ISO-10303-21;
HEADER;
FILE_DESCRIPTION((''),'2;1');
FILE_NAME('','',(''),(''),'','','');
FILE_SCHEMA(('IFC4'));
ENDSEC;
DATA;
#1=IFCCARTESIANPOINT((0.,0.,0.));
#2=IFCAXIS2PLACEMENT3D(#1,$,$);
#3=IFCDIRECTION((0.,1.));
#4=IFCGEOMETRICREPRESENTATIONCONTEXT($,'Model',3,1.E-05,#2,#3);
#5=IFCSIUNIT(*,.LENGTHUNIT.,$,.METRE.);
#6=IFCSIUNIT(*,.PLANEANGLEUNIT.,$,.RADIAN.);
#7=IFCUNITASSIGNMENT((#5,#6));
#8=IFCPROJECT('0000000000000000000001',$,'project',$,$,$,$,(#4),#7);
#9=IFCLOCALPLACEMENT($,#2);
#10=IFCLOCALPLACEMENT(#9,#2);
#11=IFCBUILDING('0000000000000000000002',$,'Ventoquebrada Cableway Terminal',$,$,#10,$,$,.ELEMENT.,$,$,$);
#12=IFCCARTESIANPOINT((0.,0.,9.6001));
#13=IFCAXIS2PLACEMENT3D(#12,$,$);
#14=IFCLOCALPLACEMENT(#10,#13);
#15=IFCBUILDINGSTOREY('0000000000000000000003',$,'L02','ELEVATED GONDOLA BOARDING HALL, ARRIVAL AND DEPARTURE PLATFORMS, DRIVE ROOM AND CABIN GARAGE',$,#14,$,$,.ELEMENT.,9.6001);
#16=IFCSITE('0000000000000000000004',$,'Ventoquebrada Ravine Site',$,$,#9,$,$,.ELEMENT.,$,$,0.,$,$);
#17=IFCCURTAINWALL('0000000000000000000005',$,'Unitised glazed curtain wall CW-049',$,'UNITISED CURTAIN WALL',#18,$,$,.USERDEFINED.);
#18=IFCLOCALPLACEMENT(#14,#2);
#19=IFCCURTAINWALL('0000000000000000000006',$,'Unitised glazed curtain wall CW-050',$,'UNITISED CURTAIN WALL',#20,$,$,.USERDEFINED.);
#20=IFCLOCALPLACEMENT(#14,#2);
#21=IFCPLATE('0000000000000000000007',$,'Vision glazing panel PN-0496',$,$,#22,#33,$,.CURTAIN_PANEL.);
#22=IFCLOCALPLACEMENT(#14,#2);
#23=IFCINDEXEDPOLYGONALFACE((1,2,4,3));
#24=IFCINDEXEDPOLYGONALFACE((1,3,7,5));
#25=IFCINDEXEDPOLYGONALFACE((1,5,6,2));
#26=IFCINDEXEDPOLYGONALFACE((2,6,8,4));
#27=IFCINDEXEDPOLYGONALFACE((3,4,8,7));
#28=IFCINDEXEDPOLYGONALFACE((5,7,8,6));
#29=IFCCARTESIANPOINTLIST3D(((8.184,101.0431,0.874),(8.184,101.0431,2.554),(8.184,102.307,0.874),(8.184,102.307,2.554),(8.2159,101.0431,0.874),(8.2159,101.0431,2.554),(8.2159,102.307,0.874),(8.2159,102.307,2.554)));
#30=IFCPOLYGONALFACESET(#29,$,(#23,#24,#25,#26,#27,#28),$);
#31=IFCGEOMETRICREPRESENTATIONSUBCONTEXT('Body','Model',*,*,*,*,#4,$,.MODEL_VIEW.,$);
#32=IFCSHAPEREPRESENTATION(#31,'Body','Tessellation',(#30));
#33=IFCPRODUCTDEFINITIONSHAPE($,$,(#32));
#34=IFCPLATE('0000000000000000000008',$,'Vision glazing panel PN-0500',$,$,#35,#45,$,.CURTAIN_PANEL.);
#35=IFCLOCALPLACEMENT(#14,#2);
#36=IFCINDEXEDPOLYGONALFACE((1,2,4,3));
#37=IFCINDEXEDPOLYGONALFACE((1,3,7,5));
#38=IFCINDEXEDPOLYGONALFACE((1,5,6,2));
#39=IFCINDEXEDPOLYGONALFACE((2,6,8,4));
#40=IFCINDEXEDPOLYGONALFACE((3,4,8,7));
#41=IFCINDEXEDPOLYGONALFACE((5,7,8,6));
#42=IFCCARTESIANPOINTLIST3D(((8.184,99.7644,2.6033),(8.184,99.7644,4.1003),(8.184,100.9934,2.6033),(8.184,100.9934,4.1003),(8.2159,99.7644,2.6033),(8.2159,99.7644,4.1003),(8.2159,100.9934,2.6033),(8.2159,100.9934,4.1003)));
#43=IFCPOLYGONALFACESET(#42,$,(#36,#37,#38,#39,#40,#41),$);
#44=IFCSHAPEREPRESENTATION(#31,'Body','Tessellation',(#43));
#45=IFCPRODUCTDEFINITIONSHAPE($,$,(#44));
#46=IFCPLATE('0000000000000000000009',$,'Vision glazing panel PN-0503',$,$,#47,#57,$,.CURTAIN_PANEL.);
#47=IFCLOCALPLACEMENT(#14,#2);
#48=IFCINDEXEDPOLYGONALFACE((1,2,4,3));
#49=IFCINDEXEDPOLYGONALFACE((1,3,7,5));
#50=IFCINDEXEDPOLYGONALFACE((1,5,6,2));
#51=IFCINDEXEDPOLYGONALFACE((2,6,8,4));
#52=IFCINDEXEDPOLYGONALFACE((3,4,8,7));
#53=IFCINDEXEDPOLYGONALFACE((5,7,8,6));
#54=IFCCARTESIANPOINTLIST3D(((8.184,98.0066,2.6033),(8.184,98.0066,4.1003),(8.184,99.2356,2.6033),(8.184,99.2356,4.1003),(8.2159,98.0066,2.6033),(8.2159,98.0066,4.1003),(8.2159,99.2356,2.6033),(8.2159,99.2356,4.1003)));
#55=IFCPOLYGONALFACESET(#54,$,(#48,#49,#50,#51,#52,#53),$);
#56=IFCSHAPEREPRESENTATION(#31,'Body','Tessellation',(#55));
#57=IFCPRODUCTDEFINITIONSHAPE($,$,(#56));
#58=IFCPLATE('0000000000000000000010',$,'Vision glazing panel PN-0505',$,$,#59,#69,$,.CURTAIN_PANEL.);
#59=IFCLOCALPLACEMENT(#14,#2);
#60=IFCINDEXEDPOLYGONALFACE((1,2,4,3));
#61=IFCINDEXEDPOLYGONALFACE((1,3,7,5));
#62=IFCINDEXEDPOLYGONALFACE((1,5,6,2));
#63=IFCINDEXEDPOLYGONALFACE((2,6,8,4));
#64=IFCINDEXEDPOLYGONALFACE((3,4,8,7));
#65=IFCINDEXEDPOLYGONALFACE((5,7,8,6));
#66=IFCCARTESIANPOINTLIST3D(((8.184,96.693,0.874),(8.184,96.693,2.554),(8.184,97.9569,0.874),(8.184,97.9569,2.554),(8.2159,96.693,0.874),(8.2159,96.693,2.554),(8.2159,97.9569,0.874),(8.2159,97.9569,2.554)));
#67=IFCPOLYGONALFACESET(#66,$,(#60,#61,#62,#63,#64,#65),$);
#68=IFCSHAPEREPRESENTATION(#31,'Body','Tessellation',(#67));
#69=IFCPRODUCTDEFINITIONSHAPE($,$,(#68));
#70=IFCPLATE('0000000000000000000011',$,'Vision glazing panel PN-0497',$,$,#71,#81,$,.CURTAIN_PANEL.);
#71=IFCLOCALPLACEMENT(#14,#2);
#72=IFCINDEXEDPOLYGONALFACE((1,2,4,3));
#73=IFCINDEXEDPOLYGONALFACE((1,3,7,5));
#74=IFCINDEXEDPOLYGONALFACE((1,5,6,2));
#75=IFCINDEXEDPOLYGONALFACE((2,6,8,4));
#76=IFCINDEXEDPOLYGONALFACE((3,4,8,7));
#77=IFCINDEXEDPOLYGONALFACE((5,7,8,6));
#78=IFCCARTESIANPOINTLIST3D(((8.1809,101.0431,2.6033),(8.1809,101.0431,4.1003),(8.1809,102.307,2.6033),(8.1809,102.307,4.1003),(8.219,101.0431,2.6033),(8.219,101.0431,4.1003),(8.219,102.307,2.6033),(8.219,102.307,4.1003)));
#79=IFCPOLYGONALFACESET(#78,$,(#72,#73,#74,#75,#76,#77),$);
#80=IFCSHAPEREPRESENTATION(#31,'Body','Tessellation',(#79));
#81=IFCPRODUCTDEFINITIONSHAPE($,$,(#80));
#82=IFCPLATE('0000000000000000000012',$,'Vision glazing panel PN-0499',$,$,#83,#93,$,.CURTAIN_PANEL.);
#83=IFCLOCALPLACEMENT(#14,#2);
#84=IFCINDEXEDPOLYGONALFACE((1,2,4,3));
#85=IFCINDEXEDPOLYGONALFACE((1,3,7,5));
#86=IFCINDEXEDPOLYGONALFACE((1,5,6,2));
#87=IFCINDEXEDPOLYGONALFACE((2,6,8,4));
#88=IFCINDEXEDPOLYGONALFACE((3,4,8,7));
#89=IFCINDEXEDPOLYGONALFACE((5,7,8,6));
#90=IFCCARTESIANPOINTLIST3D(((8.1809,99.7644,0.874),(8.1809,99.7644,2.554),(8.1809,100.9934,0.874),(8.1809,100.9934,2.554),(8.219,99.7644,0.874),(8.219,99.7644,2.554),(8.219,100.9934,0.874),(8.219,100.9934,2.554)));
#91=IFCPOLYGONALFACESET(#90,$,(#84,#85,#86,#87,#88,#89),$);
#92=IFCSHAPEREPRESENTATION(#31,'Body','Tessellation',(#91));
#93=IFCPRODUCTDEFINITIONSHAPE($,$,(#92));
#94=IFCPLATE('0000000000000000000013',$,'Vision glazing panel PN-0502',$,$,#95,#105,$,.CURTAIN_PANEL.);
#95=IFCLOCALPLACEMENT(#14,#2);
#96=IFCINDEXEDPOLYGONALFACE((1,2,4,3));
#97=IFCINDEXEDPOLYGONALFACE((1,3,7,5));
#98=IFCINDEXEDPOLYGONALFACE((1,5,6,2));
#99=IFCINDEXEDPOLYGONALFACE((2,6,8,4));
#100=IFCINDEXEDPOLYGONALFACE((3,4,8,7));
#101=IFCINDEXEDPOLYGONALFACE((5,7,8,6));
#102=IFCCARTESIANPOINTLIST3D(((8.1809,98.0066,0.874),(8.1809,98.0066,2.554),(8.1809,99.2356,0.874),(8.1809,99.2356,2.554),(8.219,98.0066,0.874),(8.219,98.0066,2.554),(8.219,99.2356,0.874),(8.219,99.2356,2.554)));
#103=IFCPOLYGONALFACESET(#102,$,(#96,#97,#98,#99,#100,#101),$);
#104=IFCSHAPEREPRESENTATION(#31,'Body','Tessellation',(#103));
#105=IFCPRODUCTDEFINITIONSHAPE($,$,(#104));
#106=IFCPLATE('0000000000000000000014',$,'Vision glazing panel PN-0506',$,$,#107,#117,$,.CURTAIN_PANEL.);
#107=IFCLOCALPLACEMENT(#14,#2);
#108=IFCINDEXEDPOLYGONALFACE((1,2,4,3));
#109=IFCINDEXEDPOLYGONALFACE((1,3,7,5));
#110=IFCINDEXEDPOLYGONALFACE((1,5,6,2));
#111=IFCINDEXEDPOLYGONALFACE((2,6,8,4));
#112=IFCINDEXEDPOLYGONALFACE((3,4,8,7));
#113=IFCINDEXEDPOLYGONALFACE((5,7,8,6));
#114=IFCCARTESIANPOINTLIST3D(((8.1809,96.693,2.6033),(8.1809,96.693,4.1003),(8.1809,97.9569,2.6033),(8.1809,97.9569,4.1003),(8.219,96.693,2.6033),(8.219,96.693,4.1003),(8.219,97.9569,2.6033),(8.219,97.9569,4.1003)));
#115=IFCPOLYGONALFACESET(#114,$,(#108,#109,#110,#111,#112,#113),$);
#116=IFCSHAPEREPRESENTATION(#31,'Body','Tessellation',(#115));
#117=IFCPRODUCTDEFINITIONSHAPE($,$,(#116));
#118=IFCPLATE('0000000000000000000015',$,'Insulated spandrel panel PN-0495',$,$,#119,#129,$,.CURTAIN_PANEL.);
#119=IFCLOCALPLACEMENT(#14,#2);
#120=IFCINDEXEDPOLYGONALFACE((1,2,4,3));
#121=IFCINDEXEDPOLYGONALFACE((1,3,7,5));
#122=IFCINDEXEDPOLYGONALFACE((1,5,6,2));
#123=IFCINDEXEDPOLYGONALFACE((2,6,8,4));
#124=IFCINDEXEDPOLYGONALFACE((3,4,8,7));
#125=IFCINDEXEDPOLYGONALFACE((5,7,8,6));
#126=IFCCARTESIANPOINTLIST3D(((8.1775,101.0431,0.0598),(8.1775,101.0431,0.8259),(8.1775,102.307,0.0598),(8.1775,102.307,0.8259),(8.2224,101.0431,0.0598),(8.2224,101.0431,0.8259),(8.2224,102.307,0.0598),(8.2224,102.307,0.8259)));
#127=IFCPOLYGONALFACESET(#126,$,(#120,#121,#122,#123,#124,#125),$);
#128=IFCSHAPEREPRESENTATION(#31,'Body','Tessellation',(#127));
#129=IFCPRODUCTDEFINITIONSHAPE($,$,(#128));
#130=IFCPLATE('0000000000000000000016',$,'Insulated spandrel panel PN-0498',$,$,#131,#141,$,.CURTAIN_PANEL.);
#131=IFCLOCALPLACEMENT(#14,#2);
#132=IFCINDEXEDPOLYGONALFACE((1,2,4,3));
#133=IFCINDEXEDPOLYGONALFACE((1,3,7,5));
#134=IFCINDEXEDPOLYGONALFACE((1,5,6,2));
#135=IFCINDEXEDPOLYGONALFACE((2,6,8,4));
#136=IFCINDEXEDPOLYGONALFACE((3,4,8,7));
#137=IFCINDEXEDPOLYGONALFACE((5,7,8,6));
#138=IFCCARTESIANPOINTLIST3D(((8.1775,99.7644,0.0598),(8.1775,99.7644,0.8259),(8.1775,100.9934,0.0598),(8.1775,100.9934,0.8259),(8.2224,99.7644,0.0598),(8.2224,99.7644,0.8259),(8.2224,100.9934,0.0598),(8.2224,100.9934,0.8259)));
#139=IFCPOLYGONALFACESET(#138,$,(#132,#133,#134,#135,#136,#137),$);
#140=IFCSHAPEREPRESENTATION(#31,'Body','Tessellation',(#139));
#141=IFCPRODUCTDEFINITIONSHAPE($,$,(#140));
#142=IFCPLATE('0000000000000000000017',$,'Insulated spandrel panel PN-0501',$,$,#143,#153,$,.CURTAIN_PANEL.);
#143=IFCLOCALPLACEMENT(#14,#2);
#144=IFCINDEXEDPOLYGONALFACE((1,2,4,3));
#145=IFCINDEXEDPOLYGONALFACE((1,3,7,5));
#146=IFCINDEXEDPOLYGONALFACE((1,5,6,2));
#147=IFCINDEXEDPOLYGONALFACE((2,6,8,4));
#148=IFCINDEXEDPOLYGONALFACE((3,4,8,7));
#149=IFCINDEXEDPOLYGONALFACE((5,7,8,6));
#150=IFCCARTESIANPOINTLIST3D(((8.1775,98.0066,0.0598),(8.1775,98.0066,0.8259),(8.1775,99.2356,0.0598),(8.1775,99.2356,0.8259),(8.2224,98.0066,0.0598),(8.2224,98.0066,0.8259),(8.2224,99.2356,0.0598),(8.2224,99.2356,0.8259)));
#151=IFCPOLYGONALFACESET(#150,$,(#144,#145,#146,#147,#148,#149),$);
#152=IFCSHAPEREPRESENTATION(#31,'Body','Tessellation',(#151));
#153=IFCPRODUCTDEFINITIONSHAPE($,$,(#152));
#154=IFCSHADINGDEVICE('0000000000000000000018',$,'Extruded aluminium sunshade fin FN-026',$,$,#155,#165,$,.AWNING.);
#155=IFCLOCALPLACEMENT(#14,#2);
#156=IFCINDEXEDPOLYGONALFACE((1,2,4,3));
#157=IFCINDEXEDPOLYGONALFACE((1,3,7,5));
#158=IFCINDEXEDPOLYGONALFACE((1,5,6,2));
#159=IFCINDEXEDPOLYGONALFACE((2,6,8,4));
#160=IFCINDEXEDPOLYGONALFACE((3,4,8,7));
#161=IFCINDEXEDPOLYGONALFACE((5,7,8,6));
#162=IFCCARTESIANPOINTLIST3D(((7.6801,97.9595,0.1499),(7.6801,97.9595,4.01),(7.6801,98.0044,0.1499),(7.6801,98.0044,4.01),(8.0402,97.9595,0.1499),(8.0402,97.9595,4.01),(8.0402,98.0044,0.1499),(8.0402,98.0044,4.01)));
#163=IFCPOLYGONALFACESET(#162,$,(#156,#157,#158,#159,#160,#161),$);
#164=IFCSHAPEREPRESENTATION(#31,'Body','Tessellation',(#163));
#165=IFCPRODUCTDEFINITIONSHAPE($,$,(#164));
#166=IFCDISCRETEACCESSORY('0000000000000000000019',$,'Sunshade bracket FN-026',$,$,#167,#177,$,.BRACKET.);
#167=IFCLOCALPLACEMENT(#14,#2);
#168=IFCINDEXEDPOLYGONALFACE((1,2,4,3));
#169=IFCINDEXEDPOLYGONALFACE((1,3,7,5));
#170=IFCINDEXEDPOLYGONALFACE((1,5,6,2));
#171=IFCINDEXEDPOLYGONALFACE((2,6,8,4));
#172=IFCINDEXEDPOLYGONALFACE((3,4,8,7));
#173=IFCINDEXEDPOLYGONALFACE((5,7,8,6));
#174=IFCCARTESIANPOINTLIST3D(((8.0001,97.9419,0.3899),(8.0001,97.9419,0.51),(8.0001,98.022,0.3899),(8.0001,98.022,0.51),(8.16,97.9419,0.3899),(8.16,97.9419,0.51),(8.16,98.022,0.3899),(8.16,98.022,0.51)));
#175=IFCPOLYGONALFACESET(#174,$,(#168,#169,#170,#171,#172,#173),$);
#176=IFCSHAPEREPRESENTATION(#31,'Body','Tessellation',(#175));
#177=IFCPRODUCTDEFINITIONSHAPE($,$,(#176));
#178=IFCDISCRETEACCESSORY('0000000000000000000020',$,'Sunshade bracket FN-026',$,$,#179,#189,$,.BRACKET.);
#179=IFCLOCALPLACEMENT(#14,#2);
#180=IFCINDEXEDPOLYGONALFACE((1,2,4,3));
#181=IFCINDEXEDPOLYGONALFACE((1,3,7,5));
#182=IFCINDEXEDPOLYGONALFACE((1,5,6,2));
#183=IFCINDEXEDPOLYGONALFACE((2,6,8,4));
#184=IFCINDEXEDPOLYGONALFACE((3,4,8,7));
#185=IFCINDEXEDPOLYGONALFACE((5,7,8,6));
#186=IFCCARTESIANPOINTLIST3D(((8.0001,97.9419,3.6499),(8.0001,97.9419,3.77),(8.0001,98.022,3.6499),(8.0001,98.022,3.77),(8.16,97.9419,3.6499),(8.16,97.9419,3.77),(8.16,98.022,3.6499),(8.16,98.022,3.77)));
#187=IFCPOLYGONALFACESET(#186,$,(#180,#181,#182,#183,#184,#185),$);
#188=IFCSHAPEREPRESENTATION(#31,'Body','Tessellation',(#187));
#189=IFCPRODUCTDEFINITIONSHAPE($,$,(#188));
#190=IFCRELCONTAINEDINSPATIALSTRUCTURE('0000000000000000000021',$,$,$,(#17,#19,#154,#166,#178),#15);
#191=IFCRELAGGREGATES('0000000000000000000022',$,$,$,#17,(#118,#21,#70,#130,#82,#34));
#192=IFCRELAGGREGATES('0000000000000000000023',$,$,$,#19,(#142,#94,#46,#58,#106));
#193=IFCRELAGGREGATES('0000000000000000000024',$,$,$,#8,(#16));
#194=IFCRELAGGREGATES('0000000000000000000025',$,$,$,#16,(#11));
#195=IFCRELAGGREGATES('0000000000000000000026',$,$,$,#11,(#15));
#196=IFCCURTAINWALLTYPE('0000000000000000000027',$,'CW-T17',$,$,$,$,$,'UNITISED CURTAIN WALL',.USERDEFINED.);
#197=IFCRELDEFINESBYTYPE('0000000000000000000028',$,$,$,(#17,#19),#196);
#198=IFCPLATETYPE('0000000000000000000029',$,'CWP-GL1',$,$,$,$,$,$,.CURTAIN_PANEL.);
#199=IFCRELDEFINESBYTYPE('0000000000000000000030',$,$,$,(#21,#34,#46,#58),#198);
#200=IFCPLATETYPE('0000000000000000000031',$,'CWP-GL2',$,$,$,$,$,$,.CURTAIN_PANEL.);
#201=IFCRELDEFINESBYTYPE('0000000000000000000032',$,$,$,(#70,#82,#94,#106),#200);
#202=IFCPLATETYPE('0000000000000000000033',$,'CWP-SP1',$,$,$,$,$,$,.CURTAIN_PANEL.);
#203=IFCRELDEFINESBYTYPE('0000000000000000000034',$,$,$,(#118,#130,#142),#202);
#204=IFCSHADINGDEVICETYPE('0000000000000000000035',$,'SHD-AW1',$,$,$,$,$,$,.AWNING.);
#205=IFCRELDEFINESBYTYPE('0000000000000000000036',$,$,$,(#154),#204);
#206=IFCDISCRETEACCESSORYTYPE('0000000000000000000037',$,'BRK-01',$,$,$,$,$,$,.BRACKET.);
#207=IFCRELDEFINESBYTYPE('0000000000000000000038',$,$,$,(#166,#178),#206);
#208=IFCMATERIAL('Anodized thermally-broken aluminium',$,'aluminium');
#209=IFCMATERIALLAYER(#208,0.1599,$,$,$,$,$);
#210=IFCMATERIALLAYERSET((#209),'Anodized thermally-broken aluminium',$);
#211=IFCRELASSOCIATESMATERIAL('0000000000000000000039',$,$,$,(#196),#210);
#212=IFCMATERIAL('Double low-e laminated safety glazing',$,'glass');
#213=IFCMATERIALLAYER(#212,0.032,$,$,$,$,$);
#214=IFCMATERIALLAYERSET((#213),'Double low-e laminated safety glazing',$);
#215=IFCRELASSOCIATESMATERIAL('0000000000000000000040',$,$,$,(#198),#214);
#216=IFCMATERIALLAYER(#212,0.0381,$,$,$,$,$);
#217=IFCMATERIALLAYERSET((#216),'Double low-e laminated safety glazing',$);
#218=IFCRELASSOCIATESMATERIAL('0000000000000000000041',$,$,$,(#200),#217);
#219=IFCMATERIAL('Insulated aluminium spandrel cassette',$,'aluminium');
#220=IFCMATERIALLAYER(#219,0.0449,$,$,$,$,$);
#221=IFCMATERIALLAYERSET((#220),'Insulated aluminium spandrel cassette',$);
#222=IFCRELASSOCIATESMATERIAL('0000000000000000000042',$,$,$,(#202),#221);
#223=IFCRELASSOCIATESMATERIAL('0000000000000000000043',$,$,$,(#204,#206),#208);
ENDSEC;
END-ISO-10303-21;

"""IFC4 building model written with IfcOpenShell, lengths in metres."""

from ifc_helpers import new_model, si_unit, direction, frame, origin, origin_2d, place, context, subcontext, project, spatial, rectangle, extrude, material, layer, layer_set, type_object, element, aggregate, save


model = new_model("IFC4")

# Units and contexts
model_context = context("Model", 3, precision=1e-05, world=origin(), true_north=direction((0.0, 1.0)))
body_context = subcontext(model_context, "Body", "Model", "MODEL_VIEW")
ifc_project = project(units=[si_unit("LENGTHUNIT", "METRE"), si_unit("PLANEANGLEUNIT", "RADIAN")], contexts=[model_context])

# Site, building, storey
site_placement = place(None, origin())
site = spatial("IfcSite", under=ifc_project, at=site_placement, Name="Ventoquebrada Ravine Site", CompositionType="ELEMENT", RefElevation=0.0)
building_placement = place(site_placement, origin())
building = spatial("IfcBuilding", under=site, at=building_placement, Name="Ventoquebrada Cableway Terminal", CompositionType="ELEMENT")
storey_placement = place(building_placement, frame((0.0, 0.0, 9.6001)))
storey = spatial("IfcBuildingStorey", under=building, at=storey_placement, Name="L02", Description="ELEVATED GONDOLA BOARDING HALL, ARRIVAL AND DEPARTURE PLATFORMS, DRIVE ROOM AND CABIN GARAGE", CompositionType="ELEMENT", Elevation=9.6001)

# Curtain walls
ifc_material_1 = material(Name="Anodized thermally-broken aluminium", Category="aluminium")
ifc_layer_1 = layer(ifc_material_1, 0.1599)
ifc_layer_set_1 = layer_set([ifc_layer_1], Name="Anodized thermally-broken aluminium")
curtain_wall_type = type_object("IfcCurtainWallType", Name="CW-T17", ElementType="UNITISED CURTAIN WALL", PredefinedType="USERDEFINED", material=ifc_layer_set_1)
curtain_wall_1_placement = place(storey_placement, origin())
curtain_wall_1 = element("IfcCurtainWall", 1, at=curtain_wall_1_placement, inside=storey, type_object=curtain_wall_type, Name="Unitised glazed curtain wall CW-049", ObjectType="UNITISED CURTAIN WALL", PredefinedType="USERDEFINED")
curtain_wall_2_placement = place(storey_placement, origin())
curtain_wall_2 = element("IfcCurtainWall", 2, at=curtain_wall_2_placement, inside=storey, type_object=curtain_wall_type, Name="Unitised glazed curtain wall CW-050", ObjectType="UNITISED CURTAIN WALL", PredefinedType="USERDEFINED")

# Plates
ifc_material_2 = material(Name="Double low-e laminated safety glazing", Category="glass")
ifc_layer_2 = layer(ifc_material_2, 0.032)
ifc_layer_set_2 = layer_set([ifc_layer_2], Name="Double low-e laminated safety glazing")
plate_type_1 = type_object("IfcPlateType", Name="CWP-GL1", PredefinedType="CURTAIN_PANEL", material=ifc_layer_set_2)
plate_1_placement = place(storey_placement, frame((8.2, 101.675, 0.874), z_axis=(0.0, 0.0, 1.0), x_axis=(0.0, -1.0, 0.0)))
plate_1 = element("IfcPlate", 3, at=plate_1_placement, type_object=plate_type_1, Name="Vision glazing panel PN-0496", PredefinedType="CURTAIN_PANEL", context=body_context, shape_type="SweptSolid", body=[
    extrude(rectangle(XDim=1.2639, YDim=0.032, at=origin_2d()), origin(), (0.0, 0.0, 1.0), 1.6799),
])
plate_2_placement = place(storey_placement, frame((8.2, 100.3789, 2.6033), z_axis=(0.0, 0.0, 1.0), x_axis=(0.0, -1.0, 0.0)))
plate_2 = element("IfcPlate", 4, at=plate_2_placement, type_object=plate_type_1, Name="Vision glazing panel PN-0500", PredefinedType="CURTAIN_PANEL", context=body_context, shape_type="SweptSolid", body=[
    extrude(rectangle(XDim=1.229, YDim=0.032, at=origin_2d()), origin(), (0.0, 0.0, 1.0), 1.4971),
])
plate_3_placement = place(storey_placement, frame((8.2, 98.6211, 2.6033), z_axis=(0.0, 0.0, 1.0), x_axis=(0.0, -1.0, 0.0)))
plate_3 = element("IfcPlate", 5, at=plate_3_placement, type_object=plate_type_1, Name="Vision glazing panel PN-0503", PredefinedType="CURTAIN_PANEL", context=body_context, shape_type="SweptSolid", body=[
    extrude(rectangle(XDim=1.229, YDim=0.032, at=origin_2d()), origin(), (0.0, 0.0, 1.0), 1.4971),
])
plate_4_placement = place(storey_placement, frame((8.2, 97.325, 0.874), z_axis=(0.0, 0.0, 1.0), x_axis=(0.0, -1.0, 0.0)))
plate_4 = element("IfcPlate", 6, at=plate_4_placement, type_object=plate_type_1, Name="Vision glazing panel PN-0505", PredefinedType="CURTAIN_PANEL", context=body_context, shape_type="SweptSolid", body=[
    extrude(rectangle(XDim=1.2639, YDim=0.032, at=origin_2d()), origin(), (0.0, 0.0, 1.0), 1.6799),
])
ifc_layer_3 = layer(ifc_material_2, 0.0381)
ifc_layer_set_3 = layer_set([ifc_layer_3], Name="Double low-e laminated safety glazing")
plate_type_2 = type_object("IfcPlateType", Name="CWP-GL2", PredefinedType="CURTAIN_PANEL", material=ifc_layer_set_3)
plate_5_placement = place(storey_placement, frame((8.2, 101.675, 2.6033), z_axis=(0.0, 0.0, 1.0), x_axis=(0.0, -1.0, 0.0)))
plate_5 = element("IfcPlate", 7, at=plate_5_placement, type_object=plate_type_2, Name="Vision glazing panel PN-0497", PredefinedType="CURTAIN_PANEL", context=body_context, shape_type="SweptSolid", body=[
    extrude(rectangle(XDim=1.2639, YDim=0.0381, at=origin_2d()), origin(), (0.0, 0.0, 1.0), 1.4971),
])
plate_6_placement = place(storey_placement, frame((8.2, 100.3789, 0.874), z_axis=(0.0, 0.0, 1.0), x_axis=(0.0, -1.0, 0.0)))
plate_6 = element("IfcPlate", 8, at=plate_6_placement, type_object=plate_type_2, Name="Vision glazing panel PN-0499", PredefinedType="CURTAIN_PANEL", context=body_context, shape_type="SweptSolid", body=[
    extrude(rectangle(XDim=1.229, YDim=0.0381, at=origin_2d()), origin(), (0.0, 0.0, 1.0), 1.6799),
])
plate_7_placement = place(storey_placement, frame((8.2, 98.6211, 0.874), z_axis=(0.0, 0.0, 1.0), x_axis=(0.0, -1.0, 0.0)))
plate_7 = element("IfcPlate", 9, at=plate_7_placement, type_object=plate_type_2, Name="Vision glazing panel PN-0502", PredefinedType="CURTAIN_PANEL", context=body_context, shape_type="SweptSolid", body=[
    extrude(rectangle(XDim=1.229, YDim=0.0381, at=origin_2d()), origin(), (0.0, 0.0, 1.0), 1.6799),
])
plate_8_placement = place(storey_placement, frame((8.2, 97.325, 2.6033), z_axis=(0.0, 0.0, 1.0), x_axis=(0.0, -1.0, 0.0)))
plate_8 = element("IfcPlate", 10, at=plate_8_placement, type_object=plate_type_2, Name="Vision glazing panel PN-0506", PredefinedType="CURTAIN_PANEL", context=body_context, shape_type="SweptSolid", body=[
    extrude(rectangle(XDim=1.2639, YDim=0.0381, at=origin_2d()), origin(), (0.0, 0.0, 1.0), 1.4971),
])
ifc_material_3 = material(Name="Insulated aluminium spandrel cassette", Category="aluminium")
ifc_layer_4 = layer(ifc_material_3, 0.0449)
ifc_layer_set_4 = layer_set([ifc_layer_4], Name="Insulated aluminium spandrel cassette")
plate_type_3 = type_object("IfcPlateType", Name="CWP-SP1", PredefinedType="CURTAIN_PANEL", material=ifc_layer_set_4)
plate_9_placement = place(storey_placement, frame((8.2, 101.675, 0.0598), z_axis=(0.0, 0.0, 1.0), x_axis=(0.0, -1.0, 0.0)))
plate_9 = element("IfcPlate", 11, at=plate_9_placement, type_object=plate_type_3, Name="Insulated spandrel panel PN-0495", PredefinedType="CURTAIN_PANEL", context=body_context, shape_type="SweptSolid", body=[
    extrude(rectangle(XDim=1.2639, YDim=0.0449, at=origin_2d()), origin(), (0.0, 0.0, 1.0), 0.7661),
])
plate_10_placement = place(storey_placement, frame((8.2, 100.3789, 0.0598), z_axis=(0.0, 0.0, 1.0), x_axis=(0.0, -1.0, 0.0)))
plate_10 = element("IfcPlate", 12, at=plate_10_placement, type_object=plate_type_3, Name="Insulated spandrel panel PN-0498", PredefinedType="CURTAIN_PANEL", context=body_context, shape_type="SweptSolid", body=[
    extrude(rectangle(XDim=1.229, YDim=0.0449, at=origin_2d()), origin(), (0.0, 0.0, 1.0), 0.7661),
])
aggregate(curtain_wall_1, [plate_9, plate_1, plate_5, plate_10, plate_6, plate_2])
plate_11_placement = place(storey_placement, frame((8.2, 98.6211, 0.0598), z_axis=(0.0, 0.0, 1.0), x_axis=(0.0, -1.0, 0.0)))
plate_11 = element("IfcPlate", 13, at=plate_11_placement, type_object=plate_type_3, Name="Insulated spandrel panel PN-0501", PredefinedType="CURTAIN_PANEL", context=body_context, shape_type="SweptSolid", body=[
    extrude(rectangle(XDim=1.229, YDim=0.0449, at=origin_2d()), origin(), (0.0, 0.0, 1.0), 0.7661),
])
aggregate(curtain_wall_2, [plate_11, plate_7, plate_3, plate_4, plate_8])

# Shading device
shading_device_type = type_object("IfcShadingDeviceType", Name="SHD-AW1", PredefinedType="AWNING", material=ifc_material_1)
shading_device_placement = place(storey_placement, frame((7.8601, 97.9819, 0.1499), z_axis=(0.0, 0.0, 1.0), x_axis=(0.0, -1.0, 0.0)))
element("IfcShadingDevice", 14, at=shading_device_placement, inside=storey, type_object=shading_device_type, Name="Extruded aluminium sunshade fin FN-026", PredefinedType="AWNING", context=body_context, shape_type="SweptSolid", body=[
    extrude(rectangle(XDim=0.0449, YDim=0.3601, at=origin_2d()), origin(), (0.0, 0.0, 1.0), 3.8601),
])

# Discrete accessories
discrete_accessory_type = type_object("IfcDiscreteAccessoryType", Name="BRK-01", PredefinedType="BRACKET", material=ifc_material_1)
for number, where, z_axis, x_axis, name in (
    (15, (8.0801, 97.9819, 0.3899), (0.0, 0.0, 1.0), (0.0, -1.0, 0.0), "Sunshade bracket FN-026"),
    (16, (8.0801, 97.9819, 3.6499), (0.0, 0.0, 1.0), (0.0, -1.0, 0.0), "Sunshade bracket FN-026"),
):
    element("IfcDiscreteAccessory", number, at=place(storey_placement, frame(where, z_axis=z_axis, x_axis=x_axis)), inside=storey, type_object=discrete_accessory_type, Name=name, PredefinedType="BRACKET", context=body_context, shape_type="SweptSolid", body=[
        extrude(rectangle(XDim=0.0801, YDim=0.1599, at=origin_2d()), origin(), (0.0, 0.0, 1.0), 0.1201),
    ])

save(model, "model.ifc")
